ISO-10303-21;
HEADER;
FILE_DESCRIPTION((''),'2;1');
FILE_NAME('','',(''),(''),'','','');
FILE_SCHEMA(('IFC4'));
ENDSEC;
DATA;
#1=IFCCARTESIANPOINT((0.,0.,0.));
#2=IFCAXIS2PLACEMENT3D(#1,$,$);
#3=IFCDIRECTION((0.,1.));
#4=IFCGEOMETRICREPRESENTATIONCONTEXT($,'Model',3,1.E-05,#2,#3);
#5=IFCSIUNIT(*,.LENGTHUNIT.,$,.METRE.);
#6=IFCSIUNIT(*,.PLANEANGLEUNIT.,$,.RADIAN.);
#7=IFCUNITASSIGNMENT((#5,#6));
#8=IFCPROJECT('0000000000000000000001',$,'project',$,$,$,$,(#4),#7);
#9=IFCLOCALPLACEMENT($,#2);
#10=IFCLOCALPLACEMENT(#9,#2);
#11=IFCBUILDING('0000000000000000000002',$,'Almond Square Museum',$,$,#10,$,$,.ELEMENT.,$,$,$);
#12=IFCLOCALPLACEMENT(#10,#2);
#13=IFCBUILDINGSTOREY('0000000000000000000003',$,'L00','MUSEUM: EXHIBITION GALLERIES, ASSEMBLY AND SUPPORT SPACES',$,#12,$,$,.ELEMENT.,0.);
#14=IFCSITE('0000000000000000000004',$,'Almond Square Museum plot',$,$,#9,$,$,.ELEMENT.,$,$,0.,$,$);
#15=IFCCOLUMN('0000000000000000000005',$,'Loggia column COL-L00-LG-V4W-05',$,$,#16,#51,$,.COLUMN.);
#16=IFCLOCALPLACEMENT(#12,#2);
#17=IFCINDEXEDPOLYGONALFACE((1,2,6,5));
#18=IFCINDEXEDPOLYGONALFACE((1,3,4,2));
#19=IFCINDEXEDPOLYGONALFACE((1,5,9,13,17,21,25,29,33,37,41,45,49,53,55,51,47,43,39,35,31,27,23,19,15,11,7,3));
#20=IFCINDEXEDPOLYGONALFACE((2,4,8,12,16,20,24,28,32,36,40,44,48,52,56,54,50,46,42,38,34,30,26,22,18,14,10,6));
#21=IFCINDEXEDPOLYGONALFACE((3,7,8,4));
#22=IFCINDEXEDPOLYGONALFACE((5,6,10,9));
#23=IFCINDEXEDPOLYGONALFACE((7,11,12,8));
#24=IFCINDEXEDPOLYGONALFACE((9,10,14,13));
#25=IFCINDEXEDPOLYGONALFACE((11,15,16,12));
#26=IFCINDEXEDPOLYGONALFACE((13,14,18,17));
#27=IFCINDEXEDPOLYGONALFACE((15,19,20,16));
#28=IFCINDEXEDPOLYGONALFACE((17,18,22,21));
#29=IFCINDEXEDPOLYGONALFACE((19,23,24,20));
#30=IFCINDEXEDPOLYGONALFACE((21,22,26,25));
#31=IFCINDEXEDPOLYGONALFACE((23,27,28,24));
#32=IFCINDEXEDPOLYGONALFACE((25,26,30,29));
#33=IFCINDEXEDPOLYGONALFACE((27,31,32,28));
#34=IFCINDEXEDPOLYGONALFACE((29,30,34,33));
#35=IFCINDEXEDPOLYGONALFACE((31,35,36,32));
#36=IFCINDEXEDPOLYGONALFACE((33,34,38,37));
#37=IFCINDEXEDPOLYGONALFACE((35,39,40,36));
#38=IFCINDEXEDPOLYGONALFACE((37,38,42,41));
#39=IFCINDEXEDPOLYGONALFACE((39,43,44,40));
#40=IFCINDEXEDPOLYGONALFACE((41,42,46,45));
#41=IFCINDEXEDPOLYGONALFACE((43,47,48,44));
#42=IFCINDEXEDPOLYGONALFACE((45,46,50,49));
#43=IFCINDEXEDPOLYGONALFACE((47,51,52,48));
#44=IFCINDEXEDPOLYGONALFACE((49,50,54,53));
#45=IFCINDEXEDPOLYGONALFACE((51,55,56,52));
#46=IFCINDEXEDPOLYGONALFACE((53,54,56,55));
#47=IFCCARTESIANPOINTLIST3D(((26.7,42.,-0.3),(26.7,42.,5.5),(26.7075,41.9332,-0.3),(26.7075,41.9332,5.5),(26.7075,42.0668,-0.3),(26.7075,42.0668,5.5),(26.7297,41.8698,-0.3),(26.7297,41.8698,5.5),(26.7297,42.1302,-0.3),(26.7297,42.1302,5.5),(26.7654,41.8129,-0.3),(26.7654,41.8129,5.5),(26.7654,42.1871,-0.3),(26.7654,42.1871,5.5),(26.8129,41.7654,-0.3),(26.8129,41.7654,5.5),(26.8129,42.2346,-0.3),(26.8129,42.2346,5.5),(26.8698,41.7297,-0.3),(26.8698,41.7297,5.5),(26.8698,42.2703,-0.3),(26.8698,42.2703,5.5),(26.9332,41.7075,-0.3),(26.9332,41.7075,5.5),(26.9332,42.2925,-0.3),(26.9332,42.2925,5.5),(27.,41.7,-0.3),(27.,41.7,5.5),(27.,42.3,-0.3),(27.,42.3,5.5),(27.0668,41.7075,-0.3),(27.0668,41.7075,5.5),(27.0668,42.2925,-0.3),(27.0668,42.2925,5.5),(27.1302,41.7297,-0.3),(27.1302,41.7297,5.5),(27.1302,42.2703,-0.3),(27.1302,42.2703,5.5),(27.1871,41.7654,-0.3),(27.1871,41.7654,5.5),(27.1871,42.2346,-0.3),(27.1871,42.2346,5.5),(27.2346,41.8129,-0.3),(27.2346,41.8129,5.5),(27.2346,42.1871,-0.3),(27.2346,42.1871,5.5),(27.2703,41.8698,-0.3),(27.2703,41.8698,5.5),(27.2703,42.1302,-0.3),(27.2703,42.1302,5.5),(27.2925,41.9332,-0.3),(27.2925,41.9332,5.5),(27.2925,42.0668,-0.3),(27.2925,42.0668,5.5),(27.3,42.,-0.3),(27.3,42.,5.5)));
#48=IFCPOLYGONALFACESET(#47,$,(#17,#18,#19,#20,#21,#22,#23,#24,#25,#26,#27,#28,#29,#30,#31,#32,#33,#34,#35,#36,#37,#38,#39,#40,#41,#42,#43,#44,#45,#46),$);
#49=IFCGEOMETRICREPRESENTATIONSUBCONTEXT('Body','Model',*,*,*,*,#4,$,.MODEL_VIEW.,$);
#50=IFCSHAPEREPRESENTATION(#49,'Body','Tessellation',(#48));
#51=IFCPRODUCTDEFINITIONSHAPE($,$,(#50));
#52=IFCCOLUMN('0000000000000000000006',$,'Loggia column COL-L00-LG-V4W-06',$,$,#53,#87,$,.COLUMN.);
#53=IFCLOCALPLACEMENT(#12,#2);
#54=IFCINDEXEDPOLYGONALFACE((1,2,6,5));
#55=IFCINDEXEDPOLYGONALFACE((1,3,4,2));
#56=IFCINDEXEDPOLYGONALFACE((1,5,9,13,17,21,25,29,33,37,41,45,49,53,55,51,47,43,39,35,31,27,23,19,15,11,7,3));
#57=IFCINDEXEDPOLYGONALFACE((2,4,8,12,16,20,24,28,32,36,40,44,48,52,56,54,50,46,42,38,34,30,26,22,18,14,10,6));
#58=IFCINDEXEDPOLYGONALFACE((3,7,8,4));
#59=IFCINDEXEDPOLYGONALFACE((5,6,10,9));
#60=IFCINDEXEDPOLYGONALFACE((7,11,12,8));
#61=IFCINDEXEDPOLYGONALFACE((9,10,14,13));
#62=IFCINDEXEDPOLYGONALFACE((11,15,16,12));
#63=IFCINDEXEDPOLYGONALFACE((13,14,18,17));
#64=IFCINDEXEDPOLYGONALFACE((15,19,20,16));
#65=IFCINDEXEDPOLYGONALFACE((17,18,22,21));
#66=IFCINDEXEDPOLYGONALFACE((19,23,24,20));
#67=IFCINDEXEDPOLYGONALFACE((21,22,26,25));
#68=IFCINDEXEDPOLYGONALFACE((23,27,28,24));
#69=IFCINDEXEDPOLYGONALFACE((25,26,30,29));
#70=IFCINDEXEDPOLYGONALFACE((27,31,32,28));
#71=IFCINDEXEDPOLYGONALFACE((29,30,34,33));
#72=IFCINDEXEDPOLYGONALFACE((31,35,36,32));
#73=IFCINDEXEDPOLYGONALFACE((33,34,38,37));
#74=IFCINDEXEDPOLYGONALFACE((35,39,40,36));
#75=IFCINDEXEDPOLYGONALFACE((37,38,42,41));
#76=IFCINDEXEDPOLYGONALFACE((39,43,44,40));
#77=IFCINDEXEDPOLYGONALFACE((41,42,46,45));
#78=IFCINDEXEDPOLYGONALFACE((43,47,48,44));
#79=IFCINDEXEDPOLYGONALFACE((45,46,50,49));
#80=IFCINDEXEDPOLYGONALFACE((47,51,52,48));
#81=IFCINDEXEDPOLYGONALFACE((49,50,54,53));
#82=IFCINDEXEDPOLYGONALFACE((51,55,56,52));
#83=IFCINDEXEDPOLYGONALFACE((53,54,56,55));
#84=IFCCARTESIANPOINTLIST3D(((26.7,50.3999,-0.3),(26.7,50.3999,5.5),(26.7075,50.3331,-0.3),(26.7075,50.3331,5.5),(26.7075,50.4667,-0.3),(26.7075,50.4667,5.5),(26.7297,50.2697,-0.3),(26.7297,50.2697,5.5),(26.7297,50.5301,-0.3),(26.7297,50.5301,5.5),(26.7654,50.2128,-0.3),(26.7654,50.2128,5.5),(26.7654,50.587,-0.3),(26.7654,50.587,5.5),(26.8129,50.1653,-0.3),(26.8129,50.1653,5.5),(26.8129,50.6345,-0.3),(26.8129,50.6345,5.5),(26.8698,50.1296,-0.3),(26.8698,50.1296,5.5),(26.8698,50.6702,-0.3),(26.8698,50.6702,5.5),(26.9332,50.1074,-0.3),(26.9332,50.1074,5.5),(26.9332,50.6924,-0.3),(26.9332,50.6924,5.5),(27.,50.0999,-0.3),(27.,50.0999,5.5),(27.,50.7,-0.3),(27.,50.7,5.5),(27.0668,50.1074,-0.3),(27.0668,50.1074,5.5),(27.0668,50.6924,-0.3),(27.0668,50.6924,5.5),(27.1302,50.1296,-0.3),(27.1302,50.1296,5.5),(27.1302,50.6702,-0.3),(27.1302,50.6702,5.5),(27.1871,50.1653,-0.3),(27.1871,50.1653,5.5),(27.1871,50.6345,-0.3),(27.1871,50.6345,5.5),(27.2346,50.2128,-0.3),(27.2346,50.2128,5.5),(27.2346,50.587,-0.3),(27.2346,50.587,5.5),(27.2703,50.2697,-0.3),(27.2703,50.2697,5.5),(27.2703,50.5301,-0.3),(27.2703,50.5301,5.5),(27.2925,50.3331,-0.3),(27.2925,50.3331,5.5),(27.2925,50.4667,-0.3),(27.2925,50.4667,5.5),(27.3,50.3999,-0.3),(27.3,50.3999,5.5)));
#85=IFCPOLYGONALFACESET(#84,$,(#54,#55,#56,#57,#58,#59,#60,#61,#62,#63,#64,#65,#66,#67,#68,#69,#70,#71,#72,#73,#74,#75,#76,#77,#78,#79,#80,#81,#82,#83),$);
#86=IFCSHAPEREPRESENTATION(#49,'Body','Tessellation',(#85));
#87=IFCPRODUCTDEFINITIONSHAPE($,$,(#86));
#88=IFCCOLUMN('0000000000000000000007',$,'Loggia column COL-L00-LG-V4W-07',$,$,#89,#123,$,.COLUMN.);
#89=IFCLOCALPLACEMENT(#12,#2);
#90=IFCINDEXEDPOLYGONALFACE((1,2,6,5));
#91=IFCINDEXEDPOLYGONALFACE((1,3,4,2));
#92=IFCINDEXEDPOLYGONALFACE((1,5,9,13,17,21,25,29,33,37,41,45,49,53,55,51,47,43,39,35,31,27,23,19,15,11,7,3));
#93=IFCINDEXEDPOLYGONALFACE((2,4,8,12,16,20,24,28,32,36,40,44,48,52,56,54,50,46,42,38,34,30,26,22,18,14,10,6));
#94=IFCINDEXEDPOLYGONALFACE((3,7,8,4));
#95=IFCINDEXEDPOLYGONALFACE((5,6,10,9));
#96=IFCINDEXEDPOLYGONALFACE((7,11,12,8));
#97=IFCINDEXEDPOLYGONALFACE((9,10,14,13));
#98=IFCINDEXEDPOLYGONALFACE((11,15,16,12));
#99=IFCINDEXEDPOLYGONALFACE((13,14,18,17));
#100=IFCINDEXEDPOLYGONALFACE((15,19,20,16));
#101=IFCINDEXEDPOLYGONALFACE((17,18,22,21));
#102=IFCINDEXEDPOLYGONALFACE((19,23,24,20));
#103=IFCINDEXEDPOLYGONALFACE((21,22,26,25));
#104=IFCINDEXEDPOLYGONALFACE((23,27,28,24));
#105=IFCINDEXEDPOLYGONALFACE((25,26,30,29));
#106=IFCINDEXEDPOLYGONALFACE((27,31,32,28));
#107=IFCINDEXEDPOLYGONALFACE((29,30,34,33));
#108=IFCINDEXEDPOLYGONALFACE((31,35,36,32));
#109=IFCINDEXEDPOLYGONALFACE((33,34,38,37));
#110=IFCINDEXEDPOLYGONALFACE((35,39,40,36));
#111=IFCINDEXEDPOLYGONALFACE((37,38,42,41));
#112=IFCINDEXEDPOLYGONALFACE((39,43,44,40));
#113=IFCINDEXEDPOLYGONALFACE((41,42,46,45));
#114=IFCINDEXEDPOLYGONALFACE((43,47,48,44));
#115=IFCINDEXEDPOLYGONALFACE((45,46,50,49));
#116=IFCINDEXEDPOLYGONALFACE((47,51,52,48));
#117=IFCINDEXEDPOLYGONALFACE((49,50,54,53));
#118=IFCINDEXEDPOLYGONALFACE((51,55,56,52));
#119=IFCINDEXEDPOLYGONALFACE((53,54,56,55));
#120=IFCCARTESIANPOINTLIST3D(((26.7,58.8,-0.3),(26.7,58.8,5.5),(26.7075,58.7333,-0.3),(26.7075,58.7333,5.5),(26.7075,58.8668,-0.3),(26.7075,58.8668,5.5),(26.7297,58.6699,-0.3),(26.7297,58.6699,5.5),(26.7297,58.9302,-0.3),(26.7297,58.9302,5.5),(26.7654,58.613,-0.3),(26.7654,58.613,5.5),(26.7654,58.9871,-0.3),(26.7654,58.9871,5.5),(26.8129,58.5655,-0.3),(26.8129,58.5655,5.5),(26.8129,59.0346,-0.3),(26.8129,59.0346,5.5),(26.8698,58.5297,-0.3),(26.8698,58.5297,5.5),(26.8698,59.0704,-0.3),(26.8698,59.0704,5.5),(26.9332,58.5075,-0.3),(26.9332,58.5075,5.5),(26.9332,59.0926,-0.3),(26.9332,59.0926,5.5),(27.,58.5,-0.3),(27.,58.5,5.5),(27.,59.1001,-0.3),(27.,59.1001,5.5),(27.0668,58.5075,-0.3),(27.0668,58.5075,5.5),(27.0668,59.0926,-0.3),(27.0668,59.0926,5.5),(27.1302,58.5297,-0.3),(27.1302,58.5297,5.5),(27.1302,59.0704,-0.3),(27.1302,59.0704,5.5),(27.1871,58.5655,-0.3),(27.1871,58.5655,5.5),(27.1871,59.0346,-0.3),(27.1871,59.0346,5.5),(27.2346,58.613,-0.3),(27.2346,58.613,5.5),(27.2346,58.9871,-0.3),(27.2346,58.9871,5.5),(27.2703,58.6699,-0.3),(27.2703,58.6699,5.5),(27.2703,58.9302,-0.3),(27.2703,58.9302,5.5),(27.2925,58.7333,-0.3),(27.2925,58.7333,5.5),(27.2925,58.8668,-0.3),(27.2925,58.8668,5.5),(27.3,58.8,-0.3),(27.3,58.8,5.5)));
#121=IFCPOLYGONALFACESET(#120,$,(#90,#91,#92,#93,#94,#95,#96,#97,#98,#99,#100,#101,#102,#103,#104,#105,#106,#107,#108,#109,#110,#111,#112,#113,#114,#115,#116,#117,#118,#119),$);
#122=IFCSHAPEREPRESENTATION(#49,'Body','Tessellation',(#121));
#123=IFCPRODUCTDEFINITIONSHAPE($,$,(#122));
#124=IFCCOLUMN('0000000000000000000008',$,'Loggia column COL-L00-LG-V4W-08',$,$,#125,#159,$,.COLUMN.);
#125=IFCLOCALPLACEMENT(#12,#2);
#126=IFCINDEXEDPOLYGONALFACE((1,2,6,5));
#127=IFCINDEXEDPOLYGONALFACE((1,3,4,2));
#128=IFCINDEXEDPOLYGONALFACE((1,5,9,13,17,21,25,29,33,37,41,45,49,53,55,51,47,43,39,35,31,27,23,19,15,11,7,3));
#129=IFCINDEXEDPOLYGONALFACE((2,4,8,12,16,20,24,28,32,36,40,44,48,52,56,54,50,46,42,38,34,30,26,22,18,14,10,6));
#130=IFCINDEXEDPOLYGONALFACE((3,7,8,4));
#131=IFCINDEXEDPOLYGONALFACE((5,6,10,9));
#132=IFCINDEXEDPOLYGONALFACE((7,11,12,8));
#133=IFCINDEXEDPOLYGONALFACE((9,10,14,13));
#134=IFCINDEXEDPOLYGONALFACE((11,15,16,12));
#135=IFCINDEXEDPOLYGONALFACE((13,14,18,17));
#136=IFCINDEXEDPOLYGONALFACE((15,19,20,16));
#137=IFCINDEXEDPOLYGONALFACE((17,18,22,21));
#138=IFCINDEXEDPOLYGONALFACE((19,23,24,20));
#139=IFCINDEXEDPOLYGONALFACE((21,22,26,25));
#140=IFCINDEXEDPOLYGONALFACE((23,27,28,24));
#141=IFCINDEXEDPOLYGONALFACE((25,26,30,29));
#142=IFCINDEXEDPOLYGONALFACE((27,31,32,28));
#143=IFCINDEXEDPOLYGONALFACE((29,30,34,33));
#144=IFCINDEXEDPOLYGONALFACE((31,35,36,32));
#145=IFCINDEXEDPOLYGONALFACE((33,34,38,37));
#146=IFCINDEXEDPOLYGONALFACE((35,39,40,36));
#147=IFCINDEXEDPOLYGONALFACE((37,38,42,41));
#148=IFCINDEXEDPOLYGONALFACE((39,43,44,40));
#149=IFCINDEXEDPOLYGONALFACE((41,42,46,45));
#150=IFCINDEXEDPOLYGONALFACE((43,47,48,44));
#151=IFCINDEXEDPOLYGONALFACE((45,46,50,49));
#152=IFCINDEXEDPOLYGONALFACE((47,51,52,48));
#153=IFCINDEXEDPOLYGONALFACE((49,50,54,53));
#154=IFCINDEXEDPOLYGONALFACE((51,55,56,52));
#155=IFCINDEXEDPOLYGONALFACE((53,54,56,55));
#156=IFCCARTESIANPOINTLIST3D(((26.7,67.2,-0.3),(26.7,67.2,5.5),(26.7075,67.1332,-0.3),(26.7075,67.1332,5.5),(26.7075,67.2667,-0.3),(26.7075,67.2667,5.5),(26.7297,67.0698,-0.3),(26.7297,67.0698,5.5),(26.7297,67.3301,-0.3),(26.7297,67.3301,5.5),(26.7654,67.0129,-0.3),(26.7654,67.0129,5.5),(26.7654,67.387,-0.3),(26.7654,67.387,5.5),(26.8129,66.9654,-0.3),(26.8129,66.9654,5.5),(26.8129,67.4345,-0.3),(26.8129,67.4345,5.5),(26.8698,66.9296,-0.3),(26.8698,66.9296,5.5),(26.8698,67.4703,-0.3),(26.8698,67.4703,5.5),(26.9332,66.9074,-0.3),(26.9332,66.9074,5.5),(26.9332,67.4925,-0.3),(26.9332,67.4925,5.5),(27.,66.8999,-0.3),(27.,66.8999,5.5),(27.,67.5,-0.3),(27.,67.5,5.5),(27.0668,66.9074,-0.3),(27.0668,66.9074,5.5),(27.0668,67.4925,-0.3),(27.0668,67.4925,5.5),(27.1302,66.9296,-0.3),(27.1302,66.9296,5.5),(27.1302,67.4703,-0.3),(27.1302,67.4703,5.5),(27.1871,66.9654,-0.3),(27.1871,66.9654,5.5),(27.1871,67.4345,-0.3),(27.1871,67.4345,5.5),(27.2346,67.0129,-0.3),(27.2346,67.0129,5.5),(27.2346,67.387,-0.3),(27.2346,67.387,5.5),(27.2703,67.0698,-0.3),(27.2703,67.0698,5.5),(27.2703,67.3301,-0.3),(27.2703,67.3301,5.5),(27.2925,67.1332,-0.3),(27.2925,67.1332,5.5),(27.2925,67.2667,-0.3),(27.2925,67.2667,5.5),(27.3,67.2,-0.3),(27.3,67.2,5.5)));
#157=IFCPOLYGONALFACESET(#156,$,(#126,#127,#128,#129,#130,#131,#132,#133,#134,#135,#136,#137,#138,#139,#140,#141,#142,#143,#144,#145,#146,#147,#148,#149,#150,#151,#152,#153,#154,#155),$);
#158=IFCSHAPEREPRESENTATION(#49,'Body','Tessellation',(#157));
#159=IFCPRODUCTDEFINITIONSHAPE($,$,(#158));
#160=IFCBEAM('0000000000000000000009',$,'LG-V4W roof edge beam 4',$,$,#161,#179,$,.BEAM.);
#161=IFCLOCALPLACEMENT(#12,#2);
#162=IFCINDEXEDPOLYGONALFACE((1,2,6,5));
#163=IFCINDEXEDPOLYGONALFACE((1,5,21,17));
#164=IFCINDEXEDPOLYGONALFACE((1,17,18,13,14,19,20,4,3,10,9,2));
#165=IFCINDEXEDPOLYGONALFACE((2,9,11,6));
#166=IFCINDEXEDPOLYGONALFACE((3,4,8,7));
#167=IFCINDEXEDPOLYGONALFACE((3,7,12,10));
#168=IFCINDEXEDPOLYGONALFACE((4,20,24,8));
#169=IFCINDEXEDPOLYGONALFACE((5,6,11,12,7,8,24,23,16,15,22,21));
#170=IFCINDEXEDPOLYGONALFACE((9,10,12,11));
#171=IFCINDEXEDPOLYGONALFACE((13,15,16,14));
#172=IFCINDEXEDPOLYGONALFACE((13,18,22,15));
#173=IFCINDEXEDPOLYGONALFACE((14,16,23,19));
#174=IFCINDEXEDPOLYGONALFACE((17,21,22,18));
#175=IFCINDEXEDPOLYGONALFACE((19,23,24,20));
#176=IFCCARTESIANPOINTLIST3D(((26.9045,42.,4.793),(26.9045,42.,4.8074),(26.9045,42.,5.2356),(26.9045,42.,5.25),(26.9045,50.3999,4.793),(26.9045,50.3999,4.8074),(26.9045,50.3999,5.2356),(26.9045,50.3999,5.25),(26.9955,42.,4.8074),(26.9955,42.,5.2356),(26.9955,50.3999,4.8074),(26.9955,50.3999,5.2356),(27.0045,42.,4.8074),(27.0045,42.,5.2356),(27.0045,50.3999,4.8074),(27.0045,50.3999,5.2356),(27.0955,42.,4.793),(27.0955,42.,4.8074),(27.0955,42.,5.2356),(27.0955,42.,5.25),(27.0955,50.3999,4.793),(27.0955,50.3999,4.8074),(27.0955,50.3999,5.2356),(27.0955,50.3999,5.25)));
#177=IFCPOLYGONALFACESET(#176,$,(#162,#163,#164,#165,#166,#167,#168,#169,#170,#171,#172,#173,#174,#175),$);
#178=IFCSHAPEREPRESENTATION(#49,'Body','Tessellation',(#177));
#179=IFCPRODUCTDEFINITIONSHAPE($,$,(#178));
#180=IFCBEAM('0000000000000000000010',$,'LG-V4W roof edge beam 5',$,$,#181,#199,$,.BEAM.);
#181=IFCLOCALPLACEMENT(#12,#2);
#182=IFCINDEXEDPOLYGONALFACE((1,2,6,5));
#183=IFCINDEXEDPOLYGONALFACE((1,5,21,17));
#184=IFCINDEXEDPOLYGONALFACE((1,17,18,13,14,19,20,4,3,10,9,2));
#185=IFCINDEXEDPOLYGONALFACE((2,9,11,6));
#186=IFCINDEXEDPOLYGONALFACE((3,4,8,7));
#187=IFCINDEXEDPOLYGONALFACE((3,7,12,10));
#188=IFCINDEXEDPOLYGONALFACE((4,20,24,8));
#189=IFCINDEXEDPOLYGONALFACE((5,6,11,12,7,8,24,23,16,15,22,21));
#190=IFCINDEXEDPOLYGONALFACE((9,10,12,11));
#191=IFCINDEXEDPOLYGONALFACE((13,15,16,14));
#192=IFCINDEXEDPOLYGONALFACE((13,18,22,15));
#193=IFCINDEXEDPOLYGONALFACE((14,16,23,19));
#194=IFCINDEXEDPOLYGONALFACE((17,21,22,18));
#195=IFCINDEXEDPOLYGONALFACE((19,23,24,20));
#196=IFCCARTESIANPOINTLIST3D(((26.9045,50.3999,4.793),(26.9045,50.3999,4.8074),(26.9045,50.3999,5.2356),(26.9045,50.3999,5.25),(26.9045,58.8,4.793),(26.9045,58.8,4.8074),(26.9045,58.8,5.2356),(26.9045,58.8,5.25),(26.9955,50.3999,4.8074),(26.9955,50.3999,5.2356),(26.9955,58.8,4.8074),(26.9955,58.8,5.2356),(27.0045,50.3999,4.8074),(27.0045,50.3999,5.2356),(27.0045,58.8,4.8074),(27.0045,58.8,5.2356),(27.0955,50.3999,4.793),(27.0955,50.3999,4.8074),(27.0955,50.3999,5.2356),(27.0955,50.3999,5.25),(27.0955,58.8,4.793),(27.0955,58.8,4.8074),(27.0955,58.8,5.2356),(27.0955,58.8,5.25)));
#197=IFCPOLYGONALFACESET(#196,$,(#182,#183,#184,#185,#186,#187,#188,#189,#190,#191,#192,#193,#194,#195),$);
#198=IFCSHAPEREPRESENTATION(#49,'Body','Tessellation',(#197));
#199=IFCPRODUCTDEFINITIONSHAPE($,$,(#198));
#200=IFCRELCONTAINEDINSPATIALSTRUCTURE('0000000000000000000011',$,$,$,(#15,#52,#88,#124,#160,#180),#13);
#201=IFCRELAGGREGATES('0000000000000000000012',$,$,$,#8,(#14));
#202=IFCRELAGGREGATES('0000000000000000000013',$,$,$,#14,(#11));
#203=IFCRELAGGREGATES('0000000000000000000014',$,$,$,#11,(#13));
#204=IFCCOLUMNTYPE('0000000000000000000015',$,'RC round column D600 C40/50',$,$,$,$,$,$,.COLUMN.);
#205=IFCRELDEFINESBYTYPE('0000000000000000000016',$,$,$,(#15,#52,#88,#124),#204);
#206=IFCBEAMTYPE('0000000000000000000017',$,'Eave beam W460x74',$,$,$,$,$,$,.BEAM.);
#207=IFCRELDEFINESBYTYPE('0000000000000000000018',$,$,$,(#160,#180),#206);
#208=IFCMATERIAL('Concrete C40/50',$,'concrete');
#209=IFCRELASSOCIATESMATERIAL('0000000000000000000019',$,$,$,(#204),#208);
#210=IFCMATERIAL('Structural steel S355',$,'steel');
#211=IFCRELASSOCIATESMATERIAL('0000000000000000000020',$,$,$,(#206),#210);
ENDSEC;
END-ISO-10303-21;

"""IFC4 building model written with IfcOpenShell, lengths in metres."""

from ifc_helpers import new_model, si_unit, direction, frame, origin, origin_2d, place, context, subcontext, project, spatial, circle, i_section, extrude, material, material_profile, profile_set, type_object, element, save


model = new_model("IFC4")

# Units and contexts
model_context = context("Model", 3, precision=1e-05, world=origin(), true_north=direction((0.0, 1.0)))
body_context = subcontext(model_context, "Body", "Model", "MODEL_VIEW")
ifc_project = project(units=[si_unit("LENGTHUNIT", "METRE"), si_unit("PLANEANGLEUNIT", "RADIAN")], contexts=[model_context])

# Site, building, storey
site_placement = place(None, origin())
site = spatial("IfcSite", under=ifc_project, at=site_placement, Name="Almond Square Museum plot", CompositionType="ELEMENT", RefElevation=0.0)
building_placement = place(site_placement, origin())
building = spatial("IfcBuilding", under=site, at=building_placement, Name="Almond Square Museum", CompositionType="ELEMENT")
storey_placement = place(building_placement, origin())
storey = spatial("IfcBuildingStorey", under=building, at=storey_placement, Name="L00", Description="MUSEUM: EXHIBITION GALLERIES, ASSEMBLY AND SUPPORT SPACES", CompositionType="ELEMENT", Elevation=0.0)

# Columns
ifc_material_1 = material(Name="Concrete C40/50", Category="concrete")
ifc_material_profile_1 = material_profile(ifc_material_1, circle(Radius=0.3, at=origin_2d()))
ifc_profile_set_1 = profile_set([ifc_material_profile_1], Name="Concrete C40/50")
column_type = type_object("IfcColumnType", Name="RC round column D600 C40/50", PredefinedType="COLUMN", material=ifc_profile_set_1)
for number, where, z_axis, x_axis, name in (
    (1, (27.0, 42.0, -0.3), (0.0, 0.0, 1.0), (1.0, 0.0, 0.0), "Loggia column COL-L00-LG-V4W-05"),
    (2, (27.0, 50.3999, -0.3), (0.0, 0.0, 1.0), (1.0, 0.0, 0.0), "Loggia column COL-L00-LG-V4W-06"),
    (3, (27.0, 58.8, -0.3), (0.0, 0.0, 1.0), (1.0, 0.0, 0.0), "Loggia column COL-L00-LG-V4W-07"),
    (4, (27.0, 67.2, -0.3), (0.0, 0.0, 1.0), (1.0, 0.0, 0.0), "Loggia column COL-L00-LG-V4W-08"),
):
    element("IfcColumn", number, at=place(storey_placement, frame(where, z_axis=z_axis, x_axis=x_axis)), inside=storey, type_object=column_type, Name=name, PredefinedType="COLUMN", context=body_context, shape_type="SweptSolid", body=[
        extrude(circle(Radius=0.3, at=origin_2d()), origin(), (0.0, 0.0, 1.0), 5.8),
    ])

# Beams
ifc_material_2 = material(Name="Structural steel S355", Category="steel")
ifc_material_profile_2 = material_profile(ifc_material_2, i_section(OverallWidth=0.1909, OverallDepth=0.457, WebThickness=0.009, FlangeThickness=0.0144, at=origin_2d()))
ifc_profile_set_2 = profile_set([ifc_material_profile_2], Name="Structural steel S355")
beam_type_1 = type_object("IfcBeamType", Name="Eave beam W460x74", PredefinedType="BEAM", material=ifc_profile_set_2)
beam_1_placement = place(storey_placement, frame((27.0, 42.0, 5.0215), z_axis=(0.0, 1.0, 0.0), x_axis=(-1.0, 0.0, 0.0)))
element("IfcBeam", 5, at=beam_1_placement, inside=storey, type_object=beam_type_1, Name="LG-V4W roof edge beam 4", PredefinedType="BEAM", context=body_context, shape_type="SweptSolid", body=[
    extrude(i_section(OverallWidth=0.1909, OverallDepth=0.457, WebThickness=0.009, FlangeThickness=0.0144, at=origin_2d()), origin(), (0.0, 0.0, 1.0), 8.3999),
])
beam_2_placement = place(storey_placement, frame((27.0, 50.3999, 5.0215), z_axis=(0.0, 1.0, 0.0), x_axis=(-1.0, 0.0, 0.0)))
element("IfcBeam", 6, at=beam_2_placement, inside=storey, type_object=beam_type_1, Name="LG-V4W roof edge beam 5", PredefinedType="BEAM", context=body_context, shape_type="SweptSolid", body=[
    extrude(i_section(OverallWidth=0.1909, OverallDepth=0.457, WebThickness=0.009, FlangeThickness=0.0144, at=origin_2d()), origin(), (0.0, 0.0, 1.0), 8.4001),
])

save(model, "model.ifc")
